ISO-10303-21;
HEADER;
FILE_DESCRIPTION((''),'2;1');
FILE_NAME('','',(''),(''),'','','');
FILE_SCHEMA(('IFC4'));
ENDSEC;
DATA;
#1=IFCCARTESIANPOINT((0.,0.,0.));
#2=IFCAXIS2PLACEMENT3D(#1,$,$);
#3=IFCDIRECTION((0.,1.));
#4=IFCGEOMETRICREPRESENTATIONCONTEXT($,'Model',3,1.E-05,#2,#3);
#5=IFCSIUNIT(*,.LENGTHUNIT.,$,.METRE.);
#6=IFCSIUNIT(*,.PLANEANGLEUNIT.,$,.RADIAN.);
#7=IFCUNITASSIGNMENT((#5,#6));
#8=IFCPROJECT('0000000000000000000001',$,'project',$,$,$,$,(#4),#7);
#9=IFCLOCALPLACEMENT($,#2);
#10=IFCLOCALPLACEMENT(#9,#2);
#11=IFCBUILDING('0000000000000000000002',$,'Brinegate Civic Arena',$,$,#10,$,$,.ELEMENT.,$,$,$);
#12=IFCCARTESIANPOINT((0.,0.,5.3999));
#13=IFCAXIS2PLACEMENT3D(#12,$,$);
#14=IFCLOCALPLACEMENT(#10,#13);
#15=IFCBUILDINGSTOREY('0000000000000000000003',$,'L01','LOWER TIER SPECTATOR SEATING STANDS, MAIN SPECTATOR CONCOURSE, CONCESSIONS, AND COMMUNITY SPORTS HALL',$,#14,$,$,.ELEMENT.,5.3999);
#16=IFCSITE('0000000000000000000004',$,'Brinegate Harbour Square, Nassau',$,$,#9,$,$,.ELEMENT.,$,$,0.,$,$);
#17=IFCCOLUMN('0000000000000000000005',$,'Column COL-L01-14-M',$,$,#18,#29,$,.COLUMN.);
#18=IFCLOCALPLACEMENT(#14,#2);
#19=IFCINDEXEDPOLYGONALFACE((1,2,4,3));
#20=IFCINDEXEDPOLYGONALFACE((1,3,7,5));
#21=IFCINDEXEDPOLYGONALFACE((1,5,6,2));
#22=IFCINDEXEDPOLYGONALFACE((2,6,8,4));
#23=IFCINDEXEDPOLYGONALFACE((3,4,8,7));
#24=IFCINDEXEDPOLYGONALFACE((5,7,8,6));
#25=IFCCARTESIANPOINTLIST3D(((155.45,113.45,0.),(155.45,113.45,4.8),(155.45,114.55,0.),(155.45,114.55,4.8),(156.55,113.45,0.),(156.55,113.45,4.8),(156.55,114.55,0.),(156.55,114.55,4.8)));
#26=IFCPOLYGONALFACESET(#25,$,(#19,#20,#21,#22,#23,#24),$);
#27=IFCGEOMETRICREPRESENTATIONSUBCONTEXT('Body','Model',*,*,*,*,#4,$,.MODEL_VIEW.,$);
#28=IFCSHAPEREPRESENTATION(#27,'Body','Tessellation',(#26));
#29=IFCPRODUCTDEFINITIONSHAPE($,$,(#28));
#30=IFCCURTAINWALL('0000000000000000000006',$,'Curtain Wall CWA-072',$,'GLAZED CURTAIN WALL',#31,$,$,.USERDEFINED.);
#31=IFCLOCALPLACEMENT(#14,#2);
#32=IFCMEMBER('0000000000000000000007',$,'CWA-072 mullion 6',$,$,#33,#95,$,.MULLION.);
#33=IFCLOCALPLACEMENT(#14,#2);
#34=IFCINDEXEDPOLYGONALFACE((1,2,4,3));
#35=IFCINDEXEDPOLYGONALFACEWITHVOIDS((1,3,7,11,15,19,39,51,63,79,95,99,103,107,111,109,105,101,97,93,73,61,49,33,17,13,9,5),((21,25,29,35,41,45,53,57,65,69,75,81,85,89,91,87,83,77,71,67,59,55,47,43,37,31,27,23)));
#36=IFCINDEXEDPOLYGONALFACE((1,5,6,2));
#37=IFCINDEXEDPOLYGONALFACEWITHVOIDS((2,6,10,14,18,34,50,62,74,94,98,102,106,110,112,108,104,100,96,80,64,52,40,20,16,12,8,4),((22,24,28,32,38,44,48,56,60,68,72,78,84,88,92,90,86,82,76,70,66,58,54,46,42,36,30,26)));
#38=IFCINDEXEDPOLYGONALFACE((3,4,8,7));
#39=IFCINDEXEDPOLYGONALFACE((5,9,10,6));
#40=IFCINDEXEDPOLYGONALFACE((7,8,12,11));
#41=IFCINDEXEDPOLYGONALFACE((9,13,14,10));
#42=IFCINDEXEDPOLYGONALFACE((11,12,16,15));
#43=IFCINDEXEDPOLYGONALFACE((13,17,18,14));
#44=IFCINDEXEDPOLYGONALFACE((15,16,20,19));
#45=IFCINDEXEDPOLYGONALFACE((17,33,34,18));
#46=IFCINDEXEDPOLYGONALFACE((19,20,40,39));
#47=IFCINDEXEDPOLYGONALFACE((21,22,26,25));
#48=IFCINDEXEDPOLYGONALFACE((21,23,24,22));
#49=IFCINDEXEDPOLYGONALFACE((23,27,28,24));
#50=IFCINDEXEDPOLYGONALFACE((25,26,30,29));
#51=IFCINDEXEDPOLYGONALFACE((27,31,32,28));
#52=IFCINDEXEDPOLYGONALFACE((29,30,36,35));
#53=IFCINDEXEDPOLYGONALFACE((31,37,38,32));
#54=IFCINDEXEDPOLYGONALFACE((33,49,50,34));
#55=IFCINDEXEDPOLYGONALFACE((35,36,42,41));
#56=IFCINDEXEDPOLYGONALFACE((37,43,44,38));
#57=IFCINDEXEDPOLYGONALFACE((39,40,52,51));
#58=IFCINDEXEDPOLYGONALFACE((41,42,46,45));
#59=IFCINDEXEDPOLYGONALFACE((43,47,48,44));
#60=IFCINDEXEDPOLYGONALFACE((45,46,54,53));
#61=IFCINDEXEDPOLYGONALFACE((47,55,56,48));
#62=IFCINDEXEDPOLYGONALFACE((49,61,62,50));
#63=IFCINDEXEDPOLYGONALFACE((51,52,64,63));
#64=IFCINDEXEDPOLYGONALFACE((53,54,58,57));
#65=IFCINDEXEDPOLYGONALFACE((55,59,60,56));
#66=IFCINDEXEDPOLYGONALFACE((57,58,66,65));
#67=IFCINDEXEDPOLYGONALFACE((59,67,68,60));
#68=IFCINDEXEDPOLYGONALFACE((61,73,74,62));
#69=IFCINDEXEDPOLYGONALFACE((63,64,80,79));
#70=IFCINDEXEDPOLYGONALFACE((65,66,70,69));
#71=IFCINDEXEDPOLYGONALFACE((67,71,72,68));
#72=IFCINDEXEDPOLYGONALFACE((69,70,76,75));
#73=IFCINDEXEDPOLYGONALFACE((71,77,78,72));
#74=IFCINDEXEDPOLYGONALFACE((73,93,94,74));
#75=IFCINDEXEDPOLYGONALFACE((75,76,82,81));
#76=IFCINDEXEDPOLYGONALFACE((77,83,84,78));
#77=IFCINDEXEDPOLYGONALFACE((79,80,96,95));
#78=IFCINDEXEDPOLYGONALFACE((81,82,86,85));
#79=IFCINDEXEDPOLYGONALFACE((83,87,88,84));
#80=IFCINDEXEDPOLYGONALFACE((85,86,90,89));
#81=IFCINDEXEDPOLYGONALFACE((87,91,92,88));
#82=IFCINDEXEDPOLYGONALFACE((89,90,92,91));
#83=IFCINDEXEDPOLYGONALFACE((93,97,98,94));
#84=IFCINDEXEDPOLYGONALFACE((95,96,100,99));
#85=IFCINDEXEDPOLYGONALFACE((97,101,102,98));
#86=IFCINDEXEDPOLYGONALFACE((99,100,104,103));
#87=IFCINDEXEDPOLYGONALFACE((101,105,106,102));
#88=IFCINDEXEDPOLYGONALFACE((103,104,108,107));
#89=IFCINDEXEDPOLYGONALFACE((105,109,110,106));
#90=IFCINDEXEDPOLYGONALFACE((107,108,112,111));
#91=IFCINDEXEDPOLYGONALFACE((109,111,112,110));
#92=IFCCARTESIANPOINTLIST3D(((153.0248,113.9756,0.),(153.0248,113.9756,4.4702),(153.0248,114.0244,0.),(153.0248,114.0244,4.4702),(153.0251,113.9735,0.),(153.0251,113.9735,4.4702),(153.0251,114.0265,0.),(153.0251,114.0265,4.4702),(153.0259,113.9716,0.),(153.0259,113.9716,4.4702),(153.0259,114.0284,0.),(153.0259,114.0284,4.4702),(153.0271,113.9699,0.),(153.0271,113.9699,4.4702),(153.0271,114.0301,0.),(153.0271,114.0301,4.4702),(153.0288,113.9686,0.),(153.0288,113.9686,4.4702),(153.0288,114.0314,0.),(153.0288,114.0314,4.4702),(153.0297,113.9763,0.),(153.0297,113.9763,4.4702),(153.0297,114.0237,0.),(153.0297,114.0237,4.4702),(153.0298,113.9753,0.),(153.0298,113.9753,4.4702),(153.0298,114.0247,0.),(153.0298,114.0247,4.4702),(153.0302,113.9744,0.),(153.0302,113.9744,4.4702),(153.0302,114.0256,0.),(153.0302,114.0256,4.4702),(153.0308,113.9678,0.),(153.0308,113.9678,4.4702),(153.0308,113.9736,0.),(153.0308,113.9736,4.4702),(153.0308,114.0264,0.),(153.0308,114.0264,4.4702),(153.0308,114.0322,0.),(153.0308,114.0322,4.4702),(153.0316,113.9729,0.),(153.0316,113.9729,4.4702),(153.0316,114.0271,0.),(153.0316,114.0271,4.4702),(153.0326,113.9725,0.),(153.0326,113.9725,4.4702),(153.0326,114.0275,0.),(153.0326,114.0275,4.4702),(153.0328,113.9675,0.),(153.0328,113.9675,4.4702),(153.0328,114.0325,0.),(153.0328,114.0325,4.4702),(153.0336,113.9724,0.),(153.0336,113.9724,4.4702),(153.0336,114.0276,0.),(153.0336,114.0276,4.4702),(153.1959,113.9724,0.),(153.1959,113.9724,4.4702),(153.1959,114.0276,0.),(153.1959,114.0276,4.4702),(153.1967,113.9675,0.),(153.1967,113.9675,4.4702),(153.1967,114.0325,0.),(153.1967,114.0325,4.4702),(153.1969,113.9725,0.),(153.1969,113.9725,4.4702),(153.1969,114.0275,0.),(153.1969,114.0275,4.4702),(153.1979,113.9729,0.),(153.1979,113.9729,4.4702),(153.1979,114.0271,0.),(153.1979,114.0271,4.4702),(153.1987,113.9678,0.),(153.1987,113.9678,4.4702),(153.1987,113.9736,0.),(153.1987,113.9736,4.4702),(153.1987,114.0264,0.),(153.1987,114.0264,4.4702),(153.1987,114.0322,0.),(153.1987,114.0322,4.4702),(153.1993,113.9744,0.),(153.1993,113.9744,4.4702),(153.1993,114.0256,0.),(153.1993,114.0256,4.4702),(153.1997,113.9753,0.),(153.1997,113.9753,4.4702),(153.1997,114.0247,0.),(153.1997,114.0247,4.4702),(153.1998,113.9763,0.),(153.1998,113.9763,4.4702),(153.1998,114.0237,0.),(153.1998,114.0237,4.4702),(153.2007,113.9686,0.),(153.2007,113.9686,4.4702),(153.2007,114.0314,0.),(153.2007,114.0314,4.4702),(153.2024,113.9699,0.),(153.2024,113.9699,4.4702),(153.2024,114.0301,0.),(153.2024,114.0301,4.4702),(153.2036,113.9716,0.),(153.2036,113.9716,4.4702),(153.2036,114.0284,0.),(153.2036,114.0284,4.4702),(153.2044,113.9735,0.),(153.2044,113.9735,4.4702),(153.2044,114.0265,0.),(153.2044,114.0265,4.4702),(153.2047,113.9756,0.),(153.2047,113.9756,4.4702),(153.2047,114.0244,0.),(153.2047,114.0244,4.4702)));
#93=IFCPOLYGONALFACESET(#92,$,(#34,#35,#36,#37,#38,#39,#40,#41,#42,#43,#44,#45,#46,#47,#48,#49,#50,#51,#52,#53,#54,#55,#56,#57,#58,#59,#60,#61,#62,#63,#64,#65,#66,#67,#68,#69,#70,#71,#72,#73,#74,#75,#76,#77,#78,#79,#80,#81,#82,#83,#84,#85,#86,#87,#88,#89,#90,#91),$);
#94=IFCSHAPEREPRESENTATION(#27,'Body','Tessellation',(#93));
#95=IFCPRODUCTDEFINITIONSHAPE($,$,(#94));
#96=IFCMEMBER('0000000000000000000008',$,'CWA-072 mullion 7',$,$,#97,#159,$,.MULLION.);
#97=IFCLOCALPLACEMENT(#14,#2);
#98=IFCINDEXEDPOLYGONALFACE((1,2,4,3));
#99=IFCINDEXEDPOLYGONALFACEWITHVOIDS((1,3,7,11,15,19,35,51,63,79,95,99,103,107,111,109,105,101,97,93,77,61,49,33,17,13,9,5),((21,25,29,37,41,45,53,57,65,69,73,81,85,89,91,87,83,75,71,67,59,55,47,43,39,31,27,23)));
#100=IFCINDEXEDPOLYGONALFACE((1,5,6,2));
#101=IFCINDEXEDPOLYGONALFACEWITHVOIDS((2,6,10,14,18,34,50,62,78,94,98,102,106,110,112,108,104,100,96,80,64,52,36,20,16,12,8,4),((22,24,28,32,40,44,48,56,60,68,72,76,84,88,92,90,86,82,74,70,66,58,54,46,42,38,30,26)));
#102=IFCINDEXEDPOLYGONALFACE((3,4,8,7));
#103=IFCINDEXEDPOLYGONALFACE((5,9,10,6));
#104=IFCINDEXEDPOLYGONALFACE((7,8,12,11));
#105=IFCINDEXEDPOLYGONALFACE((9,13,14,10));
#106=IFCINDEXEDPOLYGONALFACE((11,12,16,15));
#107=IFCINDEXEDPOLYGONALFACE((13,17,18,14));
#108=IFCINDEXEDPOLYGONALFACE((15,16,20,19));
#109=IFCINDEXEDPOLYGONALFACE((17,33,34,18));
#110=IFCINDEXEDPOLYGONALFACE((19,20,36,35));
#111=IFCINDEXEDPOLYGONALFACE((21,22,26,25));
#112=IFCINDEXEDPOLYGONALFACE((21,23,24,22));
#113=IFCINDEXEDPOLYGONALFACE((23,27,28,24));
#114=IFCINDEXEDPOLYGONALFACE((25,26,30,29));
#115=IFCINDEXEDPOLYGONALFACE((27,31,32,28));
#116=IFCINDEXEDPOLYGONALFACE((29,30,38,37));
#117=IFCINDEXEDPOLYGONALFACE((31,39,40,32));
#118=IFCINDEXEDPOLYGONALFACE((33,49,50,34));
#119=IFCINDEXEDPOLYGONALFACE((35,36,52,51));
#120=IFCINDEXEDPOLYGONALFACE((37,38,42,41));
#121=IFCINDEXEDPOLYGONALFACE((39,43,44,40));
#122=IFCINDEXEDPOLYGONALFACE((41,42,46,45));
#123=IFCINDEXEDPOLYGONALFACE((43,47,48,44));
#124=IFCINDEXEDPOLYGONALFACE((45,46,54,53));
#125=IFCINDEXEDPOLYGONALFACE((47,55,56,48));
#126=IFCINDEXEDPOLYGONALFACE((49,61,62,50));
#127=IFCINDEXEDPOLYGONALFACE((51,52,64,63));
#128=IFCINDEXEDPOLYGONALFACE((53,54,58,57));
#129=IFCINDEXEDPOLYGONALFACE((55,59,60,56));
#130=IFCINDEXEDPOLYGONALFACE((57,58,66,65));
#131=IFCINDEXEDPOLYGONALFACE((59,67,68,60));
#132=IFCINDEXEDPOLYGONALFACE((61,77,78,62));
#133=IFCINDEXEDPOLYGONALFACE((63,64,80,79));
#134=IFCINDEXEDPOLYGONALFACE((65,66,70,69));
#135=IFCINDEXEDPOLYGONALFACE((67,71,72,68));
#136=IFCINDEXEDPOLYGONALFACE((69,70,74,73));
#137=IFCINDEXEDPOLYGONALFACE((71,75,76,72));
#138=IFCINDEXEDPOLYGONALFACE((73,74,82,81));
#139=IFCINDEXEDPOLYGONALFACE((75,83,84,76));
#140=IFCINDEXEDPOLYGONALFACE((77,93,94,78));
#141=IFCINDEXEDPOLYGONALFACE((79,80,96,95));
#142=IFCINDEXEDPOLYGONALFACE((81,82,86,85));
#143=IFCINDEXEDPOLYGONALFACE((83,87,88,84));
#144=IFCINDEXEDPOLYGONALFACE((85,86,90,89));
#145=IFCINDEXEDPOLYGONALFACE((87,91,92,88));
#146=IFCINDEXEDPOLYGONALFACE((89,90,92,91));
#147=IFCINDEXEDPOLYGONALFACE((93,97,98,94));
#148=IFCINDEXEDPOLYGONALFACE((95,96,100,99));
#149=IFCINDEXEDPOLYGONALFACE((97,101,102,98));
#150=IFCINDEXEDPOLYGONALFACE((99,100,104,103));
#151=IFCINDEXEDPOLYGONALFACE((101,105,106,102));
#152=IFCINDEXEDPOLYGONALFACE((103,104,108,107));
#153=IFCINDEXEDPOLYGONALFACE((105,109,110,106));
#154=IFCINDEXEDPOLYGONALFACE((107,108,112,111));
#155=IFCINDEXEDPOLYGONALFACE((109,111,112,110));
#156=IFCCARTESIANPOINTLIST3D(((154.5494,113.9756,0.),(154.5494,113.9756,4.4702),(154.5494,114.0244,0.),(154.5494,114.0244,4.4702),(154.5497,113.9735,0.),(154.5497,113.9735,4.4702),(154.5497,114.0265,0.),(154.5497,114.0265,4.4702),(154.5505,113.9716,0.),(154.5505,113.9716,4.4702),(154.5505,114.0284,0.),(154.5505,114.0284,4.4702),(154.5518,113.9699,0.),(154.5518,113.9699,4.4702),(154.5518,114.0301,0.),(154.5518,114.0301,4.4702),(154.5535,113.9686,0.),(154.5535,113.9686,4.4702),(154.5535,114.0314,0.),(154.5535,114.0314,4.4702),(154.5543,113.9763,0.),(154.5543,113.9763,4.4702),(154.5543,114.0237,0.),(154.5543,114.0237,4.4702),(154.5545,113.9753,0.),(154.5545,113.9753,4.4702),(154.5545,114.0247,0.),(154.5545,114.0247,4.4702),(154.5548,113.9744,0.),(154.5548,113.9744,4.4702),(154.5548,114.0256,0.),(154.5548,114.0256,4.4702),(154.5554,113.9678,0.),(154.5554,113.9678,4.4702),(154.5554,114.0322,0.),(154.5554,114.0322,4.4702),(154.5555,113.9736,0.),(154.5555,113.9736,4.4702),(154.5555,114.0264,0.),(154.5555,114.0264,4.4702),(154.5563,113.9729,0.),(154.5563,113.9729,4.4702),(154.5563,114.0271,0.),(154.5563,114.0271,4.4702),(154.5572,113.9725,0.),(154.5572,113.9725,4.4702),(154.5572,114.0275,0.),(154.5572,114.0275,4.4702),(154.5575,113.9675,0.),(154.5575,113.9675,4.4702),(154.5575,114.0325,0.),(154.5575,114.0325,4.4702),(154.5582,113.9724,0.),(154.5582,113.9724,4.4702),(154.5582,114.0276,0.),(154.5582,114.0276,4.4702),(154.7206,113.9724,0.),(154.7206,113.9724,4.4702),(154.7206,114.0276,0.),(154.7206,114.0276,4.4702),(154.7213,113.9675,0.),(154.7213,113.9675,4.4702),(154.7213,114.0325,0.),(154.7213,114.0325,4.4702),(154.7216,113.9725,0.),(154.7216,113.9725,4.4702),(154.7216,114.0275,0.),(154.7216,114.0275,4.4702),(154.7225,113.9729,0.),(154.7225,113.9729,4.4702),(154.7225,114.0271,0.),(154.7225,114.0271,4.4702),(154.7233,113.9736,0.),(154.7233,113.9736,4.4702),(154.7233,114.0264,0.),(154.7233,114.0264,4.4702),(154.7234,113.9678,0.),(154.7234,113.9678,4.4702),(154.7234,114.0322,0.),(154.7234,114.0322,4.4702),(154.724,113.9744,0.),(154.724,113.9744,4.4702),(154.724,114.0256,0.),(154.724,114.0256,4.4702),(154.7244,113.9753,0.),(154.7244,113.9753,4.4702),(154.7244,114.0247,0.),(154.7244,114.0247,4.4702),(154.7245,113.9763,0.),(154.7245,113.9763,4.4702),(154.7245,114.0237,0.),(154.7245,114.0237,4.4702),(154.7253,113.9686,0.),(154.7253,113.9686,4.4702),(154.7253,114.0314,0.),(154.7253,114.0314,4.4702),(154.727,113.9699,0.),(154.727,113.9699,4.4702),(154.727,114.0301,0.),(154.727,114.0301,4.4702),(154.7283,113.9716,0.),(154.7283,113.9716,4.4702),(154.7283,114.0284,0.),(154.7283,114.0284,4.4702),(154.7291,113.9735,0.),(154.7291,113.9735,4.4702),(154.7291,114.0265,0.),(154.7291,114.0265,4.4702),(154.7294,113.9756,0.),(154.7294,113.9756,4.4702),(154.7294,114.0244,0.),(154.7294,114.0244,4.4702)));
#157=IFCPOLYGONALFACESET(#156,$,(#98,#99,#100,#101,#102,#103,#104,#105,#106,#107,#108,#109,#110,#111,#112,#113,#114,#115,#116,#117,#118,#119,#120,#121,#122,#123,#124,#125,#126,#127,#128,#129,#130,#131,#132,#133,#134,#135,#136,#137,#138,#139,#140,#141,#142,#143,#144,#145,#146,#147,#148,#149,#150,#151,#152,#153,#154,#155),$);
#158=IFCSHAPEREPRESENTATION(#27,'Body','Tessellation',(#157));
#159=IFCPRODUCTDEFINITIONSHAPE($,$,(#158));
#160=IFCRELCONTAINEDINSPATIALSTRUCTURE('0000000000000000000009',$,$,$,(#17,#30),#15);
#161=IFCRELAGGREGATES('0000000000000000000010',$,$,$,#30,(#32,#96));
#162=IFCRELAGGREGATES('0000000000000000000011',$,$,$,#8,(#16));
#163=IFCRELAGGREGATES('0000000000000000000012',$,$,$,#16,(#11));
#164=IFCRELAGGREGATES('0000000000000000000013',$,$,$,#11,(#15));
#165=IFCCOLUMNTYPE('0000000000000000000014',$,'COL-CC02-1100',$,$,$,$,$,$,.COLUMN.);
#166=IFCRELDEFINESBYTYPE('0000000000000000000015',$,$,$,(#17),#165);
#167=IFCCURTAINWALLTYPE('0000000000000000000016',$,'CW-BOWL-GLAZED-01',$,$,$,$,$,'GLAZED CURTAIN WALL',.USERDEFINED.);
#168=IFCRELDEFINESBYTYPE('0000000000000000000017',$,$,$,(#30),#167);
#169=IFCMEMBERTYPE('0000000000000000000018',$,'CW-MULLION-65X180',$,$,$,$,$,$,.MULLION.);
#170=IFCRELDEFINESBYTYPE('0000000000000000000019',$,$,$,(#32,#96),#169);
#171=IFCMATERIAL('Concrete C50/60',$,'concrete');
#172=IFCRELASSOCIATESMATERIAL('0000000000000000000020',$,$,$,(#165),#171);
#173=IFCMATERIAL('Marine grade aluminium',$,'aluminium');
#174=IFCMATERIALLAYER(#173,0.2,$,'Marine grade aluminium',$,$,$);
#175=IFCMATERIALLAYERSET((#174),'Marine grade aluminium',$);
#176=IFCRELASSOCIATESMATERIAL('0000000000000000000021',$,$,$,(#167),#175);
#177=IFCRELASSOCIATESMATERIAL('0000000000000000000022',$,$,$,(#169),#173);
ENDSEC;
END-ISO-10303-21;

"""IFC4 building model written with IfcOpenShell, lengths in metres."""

from ifc_helpers import new_model, si_unit, direction, frame, origin, origin_2d, place, context, subcontext, project, spatial, rectangle, hollow_rectangle, extrude, material, layer, layer_set, material_profile, profile_set, type_object, element, aggregate, save


model = new_model("IFC4")

# Units and contexts
model_context = context("Model", 3, precision=1e-05, world=origin(), true_north=direction((0.0, 1.0)))
body_context = subcontext(model_context, "Body", "Model", "MODEL_VIEW")
ifc_project = project(units=[si_unit("LENGTHUNIT", "METRE"), si_unit("PLANEANGLEUNIT", "RADIAN")], contexts=[model_context])

# Site, building, storey
site_placement = place(None, origin())
site = spatial("IfcSite", under=ifc_project, at=site_placement, Name="Brinegate Harbour Square, Nassau", CompositionType="ELEMENT", RefElevation=0.0)
building_placement = place(site_placement, origin())
building = spatial("IfcBuilding", under=site, at=building_placement, Name="Brinegate Civic Arena", CompositionType="ELEMENT")
storey_placement = place(building_placement, frame((0.0, 0.0, 5.3999)))
storey = spatial("IfcBuildingStorey", under=building, at=storey_placement, Name="L01", Description="LOWER TIER SPECTATOR SEATING STANDS, MAIN SPECTATOR CONCOURSE, CONCESSIONS, AND COMMUNITY SPORTS HALL", CompositionType="ELEMENT", Elevation=5.3999)

# Column
ifc_material_1 = material(Name="Concrete C50/60", Category="concrete")
ifc_material_profile_1 = material_profile(ifc_material_1, rectangle(XDim=1.1001, YDim=1.1001, at=origin_2d()), Name="RC1100X1100")
ifc_profile_set_1 = profile_set([ifc_material_profile_1], Name="Concrete C50/60")
column_type = type_object("IfcColumnType", Name="COL-CC02-1100", PredefinedType="COLUMN", material=ifc_profile_set_1)
column_placement = place(storey_placement, frame((156.0, 114.0, 0.0), z_axis=(0.0, 0.0, 1.0), x_axis=(1.0, 0.0, 0.0)))
element("IfcColumn", 1, at=column_placement, inside=storey, type_object=column_type, Name="Column COL-L01-14-M", PredefinedType="COLUMN", context=body_context, shape_type="SweptSolid", body=[
    extrude(rectangle(XDim=1.1001, YDim=1.1001, at=origin_2d()), origin(), (0.0, 0.0, 1.0), 4.8),
])

# Curtain wall, members
ifc_material_2 = material(Name="Marine grade aluminium", Category="aluminium")
ifc_layer_1 = layer(ifc_material_2, 0.2, Name="Marine grade aluminium")
ifc_layer_set_1 = layer_set([ifc_layer_1], Name="Marine grade aluminium")
curtain_wall_type = type_object("IfcCurtainWallType", Name="CW-BOWL-GLAZED-01", ElementType="GLAZED CURTAIN WALL", PredefinedType="USERDEFINED", material=ifc_layer_set_1)
curtain_wall_placement = place(storey_placement, origin())
curtain_wall = element("IfcCurtainWall", 2, at=curtain_wall_placement, inside=storey, type_object=curtain_wall_type, Name="Curtain Wall CWA-072", ObjectType="GLAZED CURTAIN WALL", PredefinedType="USERDEFINED")
ifc_material_profile_2 = material_profile(ifc_material_2, hollow_rectangle(XDim=0.0649, YDim=0.1799, WallThickness=0.0049, InnerFilletRadius=0.0039, OuterFilletRadius=0.0081, at=origin_2d()), Name="MUL65X180")
ifc_profile_set_2 = profile_set([ifc_material_profile_2], Name="Marine grade aluminium")
member_type_1 = type_object("IfcMemberType", Name="CW-MULLION-65X180", PredefinedType="MULLION", material=ifc_profile_set_2)
member_1_placement = place(storey_placement, frame((153.1147, 114.0, 0.0), z_axis=(0.0, 0.0, 1.0), x_axis=(0.0, 1.0, 0.0)))
member_1 = element("IfcMember", 3, at=member_1_placement, type_object=member_type_1, Name="CWA-072 mullion 6", PredefinedType="MULLION", context=body_context, shape_type="SweptSolid", body=[
    extrude(hollow_rectangle(XDim=0.0649, YDim=0.1799, WallThickness=0.0049, InnerFilletRadius=0.0039, OuterFilletRadius=0.0081, at=origin_2d()), origin(), (0.0, 0.0, 1.0), 4.4702),
])
member_2_placement = place(storey_placement, frame((154.6394, 114.0, 0.0), z_axis=(0.0, 0.0, 1.0), x_axis=(0.0, 1.0, 0.0)))
member_2 = element("IfcMember", 4, at=member_2_placement, type_object=member_type_1, Name="CWA-072 mullion 7", PredefinedType="MULLION", context=body_context, shape_type="SweptSolid", body=[
    extrude(hollow_rectangle(XDim=0.0649, YDim=0.1799, WallThickness=0.0049, InnerFilletRadius=0.0039, OuterFilletRadius=0.0081, at=origin_2d()), origin(), (0.0, 0.0, 1.0), 4.4702),
])

aggregate(curtain_wall, [member_1, member_2])

save(model, "model.ifc")
